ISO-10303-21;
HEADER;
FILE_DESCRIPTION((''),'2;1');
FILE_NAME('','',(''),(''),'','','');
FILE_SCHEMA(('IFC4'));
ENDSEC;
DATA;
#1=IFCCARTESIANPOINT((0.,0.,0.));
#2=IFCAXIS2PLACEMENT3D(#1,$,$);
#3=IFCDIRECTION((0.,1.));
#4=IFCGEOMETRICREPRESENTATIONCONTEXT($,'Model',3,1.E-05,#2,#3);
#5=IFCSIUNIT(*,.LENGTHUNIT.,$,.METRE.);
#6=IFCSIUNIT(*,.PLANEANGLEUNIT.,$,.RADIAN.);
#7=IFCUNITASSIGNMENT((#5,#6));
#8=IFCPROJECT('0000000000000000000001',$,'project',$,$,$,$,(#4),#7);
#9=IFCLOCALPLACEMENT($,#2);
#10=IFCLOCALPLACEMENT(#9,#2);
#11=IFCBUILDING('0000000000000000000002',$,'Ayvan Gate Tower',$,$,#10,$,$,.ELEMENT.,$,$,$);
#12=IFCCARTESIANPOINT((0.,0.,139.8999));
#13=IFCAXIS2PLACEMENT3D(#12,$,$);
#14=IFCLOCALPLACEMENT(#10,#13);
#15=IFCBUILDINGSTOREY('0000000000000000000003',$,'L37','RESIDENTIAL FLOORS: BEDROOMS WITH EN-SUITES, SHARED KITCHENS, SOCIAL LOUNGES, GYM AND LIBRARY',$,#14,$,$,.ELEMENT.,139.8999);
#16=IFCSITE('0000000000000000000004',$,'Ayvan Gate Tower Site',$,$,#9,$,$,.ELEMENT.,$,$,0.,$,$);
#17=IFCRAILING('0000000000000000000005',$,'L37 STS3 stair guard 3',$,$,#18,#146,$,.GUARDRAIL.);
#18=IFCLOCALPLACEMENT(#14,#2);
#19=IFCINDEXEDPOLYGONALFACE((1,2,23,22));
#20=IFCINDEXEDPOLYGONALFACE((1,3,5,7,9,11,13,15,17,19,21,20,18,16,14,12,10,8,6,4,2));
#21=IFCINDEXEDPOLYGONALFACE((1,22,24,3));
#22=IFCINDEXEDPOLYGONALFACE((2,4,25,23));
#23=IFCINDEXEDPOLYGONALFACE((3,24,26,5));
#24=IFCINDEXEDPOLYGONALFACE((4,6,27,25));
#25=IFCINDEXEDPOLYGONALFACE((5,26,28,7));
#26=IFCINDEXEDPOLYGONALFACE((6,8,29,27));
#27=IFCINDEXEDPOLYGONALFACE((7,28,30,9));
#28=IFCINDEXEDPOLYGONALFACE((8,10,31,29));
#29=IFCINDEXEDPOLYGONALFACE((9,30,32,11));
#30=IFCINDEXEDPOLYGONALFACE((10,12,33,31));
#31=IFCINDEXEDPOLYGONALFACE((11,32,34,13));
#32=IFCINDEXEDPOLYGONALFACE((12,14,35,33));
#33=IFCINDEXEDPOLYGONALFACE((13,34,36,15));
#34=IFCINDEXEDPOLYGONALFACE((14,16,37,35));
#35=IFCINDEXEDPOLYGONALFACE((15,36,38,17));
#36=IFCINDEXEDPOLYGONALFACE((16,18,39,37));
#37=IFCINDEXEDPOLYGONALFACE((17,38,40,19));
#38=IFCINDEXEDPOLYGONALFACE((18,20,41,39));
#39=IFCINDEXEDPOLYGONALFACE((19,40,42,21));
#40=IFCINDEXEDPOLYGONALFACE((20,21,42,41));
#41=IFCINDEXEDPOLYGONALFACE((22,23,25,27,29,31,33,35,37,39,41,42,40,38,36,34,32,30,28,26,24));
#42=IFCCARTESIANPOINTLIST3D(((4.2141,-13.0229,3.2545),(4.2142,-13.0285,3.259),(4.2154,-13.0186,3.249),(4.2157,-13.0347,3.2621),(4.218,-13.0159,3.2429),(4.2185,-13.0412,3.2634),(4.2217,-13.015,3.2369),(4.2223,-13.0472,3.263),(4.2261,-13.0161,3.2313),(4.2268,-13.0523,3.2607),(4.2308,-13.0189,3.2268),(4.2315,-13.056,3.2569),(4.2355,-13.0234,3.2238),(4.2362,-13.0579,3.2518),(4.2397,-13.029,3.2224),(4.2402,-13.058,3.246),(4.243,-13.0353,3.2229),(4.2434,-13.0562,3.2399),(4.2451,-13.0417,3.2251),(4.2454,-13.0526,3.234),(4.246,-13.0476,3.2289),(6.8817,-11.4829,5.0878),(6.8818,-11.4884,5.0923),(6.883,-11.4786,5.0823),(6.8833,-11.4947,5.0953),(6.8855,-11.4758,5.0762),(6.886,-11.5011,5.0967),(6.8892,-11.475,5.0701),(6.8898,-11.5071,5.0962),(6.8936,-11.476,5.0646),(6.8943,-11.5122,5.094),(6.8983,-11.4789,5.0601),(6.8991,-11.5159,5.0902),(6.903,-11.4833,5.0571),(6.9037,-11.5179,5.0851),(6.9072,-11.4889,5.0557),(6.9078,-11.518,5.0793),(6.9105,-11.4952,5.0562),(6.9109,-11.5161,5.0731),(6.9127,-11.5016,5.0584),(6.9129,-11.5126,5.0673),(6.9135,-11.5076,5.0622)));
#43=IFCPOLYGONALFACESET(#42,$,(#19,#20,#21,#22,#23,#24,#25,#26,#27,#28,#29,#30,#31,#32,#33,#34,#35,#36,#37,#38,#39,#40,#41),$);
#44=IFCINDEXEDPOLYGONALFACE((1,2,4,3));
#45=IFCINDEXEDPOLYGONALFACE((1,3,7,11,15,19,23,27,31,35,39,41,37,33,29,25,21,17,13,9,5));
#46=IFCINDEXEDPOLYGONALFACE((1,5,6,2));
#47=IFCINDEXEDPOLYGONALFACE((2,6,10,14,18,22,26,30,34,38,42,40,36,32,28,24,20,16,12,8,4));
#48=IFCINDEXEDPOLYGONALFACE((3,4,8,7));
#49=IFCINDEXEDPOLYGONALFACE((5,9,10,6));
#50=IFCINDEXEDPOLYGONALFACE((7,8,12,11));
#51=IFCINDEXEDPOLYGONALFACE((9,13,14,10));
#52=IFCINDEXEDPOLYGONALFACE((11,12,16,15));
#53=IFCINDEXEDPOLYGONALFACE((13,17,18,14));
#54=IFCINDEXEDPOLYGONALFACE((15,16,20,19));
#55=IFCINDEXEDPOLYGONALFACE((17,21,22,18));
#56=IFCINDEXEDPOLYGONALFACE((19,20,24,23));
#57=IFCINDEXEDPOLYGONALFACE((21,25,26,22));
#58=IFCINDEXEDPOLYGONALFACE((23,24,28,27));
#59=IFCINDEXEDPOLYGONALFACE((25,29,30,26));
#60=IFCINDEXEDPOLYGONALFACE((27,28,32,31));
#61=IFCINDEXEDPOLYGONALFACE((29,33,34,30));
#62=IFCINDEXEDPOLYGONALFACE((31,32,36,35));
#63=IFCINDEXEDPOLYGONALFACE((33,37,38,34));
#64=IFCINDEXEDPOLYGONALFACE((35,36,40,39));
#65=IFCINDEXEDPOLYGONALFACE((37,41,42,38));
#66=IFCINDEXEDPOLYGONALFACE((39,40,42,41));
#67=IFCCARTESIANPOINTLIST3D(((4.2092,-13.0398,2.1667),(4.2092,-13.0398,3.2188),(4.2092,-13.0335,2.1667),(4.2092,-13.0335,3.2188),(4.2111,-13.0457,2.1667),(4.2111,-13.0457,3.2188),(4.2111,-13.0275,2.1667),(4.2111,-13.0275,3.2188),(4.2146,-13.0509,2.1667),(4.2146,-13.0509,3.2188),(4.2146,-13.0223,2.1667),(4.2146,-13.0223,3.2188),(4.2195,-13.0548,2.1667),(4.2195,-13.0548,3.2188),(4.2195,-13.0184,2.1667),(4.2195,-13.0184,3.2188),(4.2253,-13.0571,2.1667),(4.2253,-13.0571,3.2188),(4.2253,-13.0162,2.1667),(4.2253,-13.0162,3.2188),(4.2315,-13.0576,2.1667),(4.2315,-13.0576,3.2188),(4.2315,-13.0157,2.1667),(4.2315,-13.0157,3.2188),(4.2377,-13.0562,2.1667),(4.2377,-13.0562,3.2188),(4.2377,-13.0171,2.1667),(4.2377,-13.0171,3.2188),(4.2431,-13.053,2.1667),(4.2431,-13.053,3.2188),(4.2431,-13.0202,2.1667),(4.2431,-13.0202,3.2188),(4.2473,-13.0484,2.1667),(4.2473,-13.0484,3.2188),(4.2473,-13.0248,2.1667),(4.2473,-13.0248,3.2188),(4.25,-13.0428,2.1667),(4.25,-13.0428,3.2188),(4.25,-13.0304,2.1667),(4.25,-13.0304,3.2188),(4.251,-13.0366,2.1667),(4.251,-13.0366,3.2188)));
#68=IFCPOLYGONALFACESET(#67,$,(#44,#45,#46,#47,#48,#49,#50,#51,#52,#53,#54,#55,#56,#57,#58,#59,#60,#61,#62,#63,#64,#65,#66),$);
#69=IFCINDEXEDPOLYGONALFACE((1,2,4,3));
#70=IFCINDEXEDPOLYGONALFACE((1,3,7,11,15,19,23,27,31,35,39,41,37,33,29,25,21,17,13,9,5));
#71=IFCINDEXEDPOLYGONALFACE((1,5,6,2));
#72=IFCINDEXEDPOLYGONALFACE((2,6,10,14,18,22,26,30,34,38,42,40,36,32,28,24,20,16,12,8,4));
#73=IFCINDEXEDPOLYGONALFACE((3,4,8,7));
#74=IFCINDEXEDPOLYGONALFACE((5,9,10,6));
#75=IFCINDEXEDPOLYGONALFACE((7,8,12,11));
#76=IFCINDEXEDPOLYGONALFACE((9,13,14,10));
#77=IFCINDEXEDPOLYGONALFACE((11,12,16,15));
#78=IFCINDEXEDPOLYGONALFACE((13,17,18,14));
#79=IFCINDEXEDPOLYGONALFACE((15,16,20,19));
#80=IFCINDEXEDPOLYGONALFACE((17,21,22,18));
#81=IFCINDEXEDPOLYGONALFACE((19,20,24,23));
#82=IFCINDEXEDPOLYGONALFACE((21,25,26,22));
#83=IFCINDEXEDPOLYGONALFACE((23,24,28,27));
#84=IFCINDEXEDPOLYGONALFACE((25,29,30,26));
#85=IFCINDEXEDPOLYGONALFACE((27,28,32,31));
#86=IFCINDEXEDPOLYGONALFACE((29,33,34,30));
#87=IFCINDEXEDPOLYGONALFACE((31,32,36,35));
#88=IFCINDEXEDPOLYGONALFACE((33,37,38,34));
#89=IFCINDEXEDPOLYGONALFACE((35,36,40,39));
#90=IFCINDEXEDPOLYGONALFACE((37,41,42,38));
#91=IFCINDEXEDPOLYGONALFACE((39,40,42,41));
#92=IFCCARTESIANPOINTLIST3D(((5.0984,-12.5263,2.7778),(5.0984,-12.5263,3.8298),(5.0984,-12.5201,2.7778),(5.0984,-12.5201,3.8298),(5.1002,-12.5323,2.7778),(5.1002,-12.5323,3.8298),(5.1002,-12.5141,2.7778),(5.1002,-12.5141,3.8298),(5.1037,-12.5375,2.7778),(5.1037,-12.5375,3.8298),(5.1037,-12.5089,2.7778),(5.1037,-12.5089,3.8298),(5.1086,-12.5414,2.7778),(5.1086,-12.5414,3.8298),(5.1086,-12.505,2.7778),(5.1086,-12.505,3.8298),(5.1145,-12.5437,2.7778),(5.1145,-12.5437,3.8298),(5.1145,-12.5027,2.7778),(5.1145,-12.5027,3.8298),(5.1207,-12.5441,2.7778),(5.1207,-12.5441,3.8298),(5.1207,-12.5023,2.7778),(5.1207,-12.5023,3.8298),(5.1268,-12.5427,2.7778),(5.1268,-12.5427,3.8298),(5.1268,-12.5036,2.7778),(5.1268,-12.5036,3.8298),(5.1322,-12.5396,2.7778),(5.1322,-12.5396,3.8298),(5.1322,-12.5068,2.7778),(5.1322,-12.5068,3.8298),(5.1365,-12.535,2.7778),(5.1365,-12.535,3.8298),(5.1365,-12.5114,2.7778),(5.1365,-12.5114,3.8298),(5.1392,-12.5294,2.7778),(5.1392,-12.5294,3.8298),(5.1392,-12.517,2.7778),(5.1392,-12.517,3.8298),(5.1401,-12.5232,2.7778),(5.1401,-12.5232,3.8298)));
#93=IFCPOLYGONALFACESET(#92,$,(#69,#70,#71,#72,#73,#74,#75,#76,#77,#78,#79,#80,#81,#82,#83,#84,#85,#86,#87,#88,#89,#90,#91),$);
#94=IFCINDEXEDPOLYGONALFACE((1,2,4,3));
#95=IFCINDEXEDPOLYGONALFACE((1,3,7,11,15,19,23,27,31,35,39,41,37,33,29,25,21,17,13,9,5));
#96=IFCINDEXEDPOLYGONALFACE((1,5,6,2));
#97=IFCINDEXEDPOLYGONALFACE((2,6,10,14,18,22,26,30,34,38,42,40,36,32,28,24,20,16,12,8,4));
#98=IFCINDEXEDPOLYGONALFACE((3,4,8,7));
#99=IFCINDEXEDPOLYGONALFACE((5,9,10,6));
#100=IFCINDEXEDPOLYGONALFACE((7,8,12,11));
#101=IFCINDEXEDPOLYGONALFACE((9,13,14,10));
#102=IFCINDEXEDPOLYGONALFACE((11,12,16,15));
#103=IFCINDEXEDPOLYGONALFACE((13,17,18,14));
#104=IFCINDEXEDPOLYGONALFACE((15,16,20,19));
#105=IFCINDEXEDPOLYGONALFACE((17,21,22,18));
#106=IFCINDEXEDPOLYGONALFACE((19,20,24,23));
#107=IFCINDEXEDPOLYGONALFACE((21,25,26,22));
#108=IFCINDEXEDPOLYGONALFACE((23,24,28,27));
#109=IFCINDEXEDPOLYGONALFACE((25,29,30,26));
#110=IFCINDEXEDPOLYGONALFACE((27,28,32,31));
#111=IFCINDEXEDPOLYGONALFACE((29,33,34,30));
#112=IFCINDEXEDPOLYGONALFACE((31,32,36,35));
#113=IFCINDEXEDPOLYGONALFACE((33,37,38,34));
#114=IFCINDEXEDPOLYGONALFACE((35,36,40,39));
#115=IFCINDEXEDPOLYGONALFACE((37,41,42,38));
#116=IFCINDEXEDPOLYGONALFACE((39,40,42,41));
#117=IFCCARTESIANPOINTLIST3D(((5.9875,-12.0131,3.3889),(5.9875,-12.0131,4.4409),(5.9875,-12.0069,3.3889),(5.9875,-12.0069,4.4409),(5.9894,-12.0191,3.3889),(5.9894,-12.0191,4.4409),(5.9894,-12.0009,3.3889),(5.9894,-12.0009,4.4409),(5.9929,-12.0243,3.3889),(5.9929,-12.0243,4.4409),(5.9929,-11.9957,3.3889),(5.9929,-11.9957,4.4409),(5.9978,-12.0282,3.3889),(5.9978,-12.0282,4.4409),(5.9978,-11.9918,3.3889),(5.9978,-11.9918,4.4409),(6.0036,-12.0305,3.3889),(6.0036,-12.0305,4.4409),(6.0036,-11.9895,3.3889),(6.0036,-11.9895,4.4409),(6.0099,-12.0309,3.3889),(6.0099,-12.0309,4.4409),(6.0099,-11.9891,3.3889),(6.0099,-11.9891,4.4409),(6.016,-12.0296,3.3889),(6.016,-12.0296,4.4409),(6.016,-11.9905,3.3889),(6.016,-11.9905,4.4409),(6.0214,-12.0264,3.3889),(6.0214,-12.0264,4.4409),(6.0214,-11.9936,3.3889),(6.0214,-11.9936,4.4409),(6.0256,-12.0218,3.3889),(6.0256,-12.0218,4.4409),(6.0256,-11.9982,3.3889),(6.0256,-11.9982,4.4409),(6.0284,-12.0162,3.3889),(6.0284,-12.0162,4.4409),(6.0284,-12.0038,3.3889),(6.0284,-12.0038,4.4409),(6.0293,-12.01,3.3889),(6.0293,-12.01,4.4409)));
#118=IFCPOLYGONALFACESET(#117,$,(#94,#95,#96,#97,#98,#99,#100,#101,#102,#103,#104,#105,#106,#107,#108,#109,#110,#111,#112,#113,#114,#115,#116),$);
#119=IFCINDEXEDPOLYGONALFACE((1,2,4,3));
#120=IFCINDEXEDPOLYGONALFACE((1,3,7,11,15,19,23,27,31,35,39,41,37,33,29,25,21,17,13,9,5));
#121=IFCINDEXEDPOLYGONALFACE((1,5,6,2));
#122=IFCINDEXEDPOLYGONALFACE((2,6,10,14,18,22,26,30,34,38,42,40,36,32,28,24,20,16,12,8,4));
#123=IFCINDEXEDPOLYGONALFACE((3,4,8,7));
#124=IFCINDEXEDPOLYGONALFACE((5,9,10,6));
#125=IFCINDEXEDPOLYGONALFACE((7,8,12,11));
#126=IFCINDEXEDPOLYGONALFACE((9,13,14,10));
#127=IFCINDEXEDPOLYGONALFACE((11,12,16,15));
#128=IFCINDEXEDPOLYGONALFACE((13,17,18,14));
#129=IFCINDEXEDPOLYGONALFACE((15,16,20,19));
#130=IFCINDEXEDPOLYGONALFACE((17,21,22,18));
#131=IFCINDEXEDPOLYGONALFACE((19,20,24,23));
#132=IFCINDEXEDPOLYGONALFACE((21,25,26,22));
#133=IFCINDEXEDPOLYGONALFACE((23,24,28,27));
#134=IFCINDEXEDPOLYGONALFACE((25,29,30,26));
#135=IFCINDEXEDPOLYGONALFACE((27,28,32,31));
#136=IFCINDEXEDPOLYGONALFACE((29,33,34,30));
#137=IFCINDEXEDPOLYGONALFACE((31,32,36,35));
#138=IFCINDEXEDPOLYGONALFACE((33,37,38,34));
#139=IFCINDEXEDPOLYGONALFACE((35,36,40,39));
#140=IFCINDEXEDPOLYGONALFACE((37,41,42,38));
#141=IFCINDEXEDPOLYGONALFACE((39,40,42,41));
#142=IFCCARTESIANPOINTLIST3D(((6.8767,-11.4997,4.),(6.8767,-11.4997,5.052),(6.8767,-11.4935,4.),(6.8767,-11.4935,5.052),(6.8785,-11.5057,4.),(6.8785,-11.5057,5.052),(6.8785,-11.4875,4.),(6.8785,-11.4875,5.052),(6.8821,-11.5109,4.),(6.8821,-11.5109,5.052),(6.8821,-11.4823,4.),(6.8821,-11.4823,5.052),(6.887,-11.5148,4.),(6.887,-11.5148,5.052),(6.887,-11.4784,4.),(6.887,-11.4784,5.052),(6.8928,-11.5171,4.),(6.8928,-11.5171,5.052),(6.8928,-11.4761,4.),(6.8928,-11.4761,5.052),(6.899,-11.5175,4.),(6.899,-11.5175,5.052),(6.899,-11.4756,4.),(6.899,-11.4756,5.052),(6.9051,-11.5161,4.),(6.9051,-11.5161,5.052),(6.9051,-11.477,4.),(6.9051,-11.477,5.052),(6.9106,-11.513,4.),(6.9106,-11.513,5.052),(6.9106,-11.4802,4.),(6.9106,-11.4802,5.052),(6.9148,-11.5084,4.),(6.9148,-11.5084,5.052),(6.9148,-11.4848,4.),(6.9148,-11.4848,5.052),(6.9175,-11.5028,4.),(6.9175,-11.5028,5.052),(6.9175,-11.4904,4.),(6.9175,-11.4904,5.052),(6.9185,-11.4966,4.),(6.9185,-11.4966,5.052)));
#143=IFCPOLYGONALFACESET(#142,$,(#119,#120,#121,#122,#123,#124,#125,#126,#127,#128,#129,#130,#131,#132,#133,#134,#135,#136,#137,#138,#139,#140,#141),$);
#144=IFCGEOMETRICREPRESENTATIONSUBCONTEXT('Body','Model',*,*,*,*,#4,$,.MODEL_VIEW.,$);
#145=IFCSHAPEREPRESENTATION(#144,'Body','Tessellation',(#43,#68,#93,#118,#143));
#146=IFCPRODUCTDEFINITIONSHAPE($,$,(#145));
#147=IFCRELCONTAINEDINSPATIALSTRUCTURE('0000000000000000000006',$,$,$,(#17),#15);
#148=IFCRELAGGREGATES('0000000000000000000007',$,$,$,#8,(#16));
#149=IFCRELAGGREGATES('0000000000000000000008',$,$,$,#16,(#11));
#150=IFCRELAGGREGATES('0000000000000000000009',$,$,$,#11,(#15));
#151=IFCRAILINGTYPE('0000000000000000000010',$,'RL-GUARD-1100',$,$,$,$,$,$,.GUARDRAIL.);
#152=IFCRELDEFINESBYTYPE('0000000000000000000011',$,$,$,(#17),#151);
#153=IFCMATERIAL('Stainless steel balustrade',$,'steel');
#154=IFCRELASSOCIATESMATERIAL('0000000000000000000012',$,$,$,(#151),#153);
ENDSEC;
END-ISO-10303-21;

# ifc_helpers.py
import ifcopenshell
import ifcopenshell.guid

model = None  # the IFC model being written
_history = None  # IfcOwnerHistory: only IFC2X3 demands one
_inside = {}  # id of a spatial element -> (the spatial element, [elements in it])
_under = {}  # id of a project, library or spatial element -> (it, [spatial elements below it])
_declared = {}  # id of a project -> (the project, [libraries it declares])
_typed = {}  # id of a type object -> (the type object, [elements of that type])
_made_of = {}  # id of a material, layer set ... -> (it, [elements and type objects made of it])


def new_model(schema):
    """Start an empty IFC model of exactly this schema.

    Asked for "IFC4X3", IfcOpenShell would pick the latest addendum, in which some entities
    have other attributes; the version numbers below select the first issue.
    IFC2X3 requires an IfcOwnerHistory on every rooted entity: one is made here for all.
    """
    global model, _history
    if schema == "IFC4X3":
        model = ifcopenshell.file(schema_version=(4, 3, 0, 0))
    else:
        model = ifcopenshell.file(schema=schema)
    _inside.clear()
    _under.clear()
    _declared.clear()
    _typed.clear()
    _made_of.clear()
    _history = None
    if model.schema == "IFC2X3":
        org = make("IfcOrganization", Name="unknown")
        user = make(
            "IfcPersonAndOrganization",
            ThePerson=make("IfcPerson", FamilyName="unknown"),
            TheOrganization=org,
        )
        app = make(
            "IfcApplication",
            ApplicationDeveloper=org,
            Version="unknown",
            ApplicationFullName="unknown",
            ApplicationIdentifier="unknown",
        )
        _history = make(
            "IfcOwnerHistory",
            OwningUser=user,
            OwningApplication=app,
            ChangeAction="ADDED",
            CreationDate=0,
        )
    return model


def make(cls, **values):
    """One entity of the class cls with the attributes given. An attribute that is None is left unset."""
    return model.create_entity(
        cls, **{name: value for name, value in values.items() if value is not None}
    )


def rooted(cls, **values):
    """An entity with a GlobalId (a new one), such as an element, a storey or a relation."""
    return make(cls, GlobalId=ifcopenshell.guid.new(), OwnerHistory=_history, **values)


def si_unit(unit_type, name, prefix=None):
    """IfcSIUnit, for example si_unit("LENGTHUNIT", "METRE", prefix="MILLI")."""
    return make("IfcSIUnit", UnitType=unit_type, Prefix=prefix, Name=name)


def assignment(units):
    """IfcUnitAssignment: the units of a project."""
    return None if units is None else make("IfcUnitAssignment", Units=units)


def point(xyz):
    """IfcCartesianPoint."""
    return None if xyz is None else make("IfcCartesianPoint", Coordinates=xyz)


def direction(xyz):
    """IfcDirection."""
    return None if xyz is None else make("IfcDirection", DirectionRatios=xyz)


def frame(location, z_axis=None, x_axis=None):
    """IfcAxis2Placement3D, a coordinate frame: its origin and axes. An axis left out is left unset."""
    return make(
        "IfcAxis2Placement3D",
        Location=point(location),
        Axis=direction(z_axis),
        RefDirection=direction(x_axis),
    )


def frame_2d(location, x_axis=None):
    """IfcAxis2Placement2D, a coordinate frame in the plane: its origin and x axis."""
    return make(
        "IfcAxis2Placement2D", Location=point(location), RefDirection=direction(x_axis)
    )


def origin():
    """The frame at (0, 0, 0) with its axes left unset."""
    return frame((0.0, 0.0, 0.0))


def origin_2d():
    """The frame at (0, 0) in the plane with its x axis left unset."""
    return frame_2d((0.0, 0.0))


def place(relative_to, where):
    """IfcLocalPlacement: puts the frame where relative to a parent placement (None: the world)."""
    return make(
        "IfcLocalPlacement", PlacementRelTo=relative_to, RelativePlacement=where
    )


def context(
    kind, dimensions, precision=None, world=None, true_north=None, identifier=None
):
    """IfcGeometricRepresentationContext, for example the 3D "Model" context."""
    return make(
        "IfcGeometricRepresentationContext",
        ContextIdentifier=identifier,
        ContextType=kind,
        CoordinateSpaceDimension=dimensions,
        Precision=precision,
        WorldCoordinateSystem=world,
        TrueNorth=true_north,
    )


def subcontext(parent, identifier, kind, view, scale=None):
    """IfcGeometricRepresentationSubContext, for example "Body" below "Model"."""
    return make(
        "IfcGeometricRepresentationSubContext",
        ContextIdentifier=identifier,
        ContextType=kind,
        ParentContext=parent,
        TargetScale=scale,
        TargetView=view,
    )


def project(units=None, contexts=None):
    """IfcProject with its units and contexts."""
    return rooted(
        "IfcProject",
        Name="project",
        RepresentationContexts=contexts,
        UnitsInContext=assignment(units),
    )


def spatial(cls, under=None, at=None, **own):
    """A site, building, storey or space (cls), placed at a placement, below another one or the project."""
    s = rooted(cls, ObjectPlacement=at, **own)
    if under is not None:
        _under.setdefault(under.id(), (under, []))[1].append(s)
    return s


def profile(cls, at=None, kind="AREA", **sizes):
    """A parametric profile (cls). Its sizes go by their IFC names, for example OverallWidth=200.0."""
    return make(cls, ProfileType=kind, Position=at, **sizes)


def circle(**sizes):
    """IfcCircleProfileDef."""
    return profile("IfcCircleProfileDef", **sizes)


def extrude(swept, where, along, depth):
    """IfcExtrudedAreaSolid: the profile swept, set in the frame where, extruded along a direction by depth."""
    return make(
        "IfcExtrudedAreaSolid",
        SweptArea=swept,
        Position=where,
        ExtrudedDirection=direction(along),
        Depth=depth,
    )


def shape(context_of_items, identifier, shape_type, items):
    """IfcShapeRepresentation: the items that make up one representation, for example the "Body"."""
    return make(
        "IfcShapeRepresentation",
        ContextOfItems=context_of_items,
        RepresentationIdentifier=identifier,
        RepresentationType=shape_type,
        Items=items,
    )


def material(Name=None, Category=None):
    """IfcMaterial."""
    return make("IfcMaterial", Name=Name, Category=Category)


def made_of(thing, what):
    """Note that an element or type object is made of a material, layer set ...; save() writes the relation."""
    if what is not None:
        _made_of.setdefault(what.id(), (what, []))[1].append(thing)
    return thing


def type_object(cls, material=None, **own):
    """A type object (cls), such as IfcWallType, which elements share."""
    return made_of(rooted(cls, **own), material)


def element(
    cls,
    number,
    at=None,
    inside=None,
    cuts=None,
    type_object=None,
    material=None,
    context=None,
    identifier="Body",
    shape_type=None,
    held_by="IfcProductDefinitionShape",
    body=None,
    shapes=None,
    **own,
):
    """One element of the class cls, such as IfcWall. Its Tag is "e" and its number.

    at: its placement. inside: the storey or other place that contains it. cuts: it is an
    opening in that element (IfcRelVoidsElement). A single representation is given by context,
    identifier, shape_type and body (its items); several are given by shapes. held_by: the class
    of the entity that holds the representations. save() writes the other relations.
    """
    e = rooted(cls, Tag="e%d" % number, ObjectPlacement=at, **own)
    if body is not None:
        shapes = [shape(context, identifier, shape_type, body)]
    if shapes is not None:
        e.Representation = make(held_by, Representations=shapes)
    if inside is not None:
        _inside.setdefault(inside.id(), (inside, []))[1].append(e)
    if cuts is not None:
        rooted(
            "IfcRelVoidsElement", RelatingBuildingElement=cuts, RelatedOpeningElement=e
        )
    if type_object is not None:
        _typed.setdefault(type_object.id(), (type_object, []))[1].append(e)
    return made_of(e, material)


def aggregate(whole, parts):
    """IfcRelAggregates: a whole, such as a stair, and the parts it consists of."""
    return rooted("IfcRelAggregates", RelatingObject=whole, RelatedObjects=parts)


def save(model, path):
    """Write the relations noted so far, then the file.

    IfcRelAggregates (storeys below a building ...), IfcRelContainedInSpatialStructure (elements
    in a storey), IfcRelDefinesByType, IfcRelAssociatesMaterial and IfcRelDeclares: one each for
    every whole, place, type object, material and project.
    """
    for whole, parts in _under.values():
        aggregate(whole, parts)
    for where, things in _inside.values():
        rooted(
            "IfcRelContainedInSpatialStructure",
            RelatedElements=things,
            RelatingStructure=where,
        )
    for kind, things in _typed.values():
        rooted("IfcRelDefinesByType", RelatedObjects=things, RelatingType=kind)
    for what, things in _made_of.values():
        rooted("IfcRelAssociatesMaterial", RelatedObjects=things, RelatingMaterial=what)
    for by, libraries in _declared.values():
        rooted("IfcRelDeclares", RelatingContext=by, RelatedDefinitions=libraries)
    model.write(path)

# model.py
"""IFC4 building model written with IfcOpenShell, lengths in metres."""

from ifc_helpers import new_model, si_unit, direction, frame, origin, origin_2d, place, context, subcontext, project, spatial, circle, extrude, material, type_object, element, save


model = new_model("IFC4")

# Units and contexts
model_context = context("Model", 3, precision=1e-05, world=origin(), true_north=direction((0.0, 1.0)))
body_context = subcontext(model_context, "Body", "Model", "MODEL_VIEW")
ifc_project = project(units=[si_unit("LENGTHUNIT", "METRE"), si_unit("PLANEANGLEUNIT", "RADIAN")], contexts=[model_context])

# Site, building, storey
site_placement = place(None, origin())
site = spatial("IfcSite", under=ifc_project, at=site_placement, Name="Ayvan Gate Tower Site", CompositionType="ELEMENT", RefElevation=0.0)
building_placement = place(site_placement, origin())
building = spatial("IfcBuilding", under=site, at=building_placement, Name="Ayvan Gate Tower", CompositionType="ELEMENT")
storey_placement = place(building_placement, frame((0.0, 0.0, 139.8999)))
storey = spatial("IfcBuildingStorey", under=building, at=storey_placement, Name="L37", Description="RESIDENTIAL FLOORS: BEDROOMS WITH EN-SUITES, SHARED KITCHENS, SOCIAL LOUNGES, GYM AND LIBRARY", CompositionType="ELEMENT", Elevation=139.8999)

# Railing
ifc_material_1 = material(Name="Stainless steel balustrade", Category="steel")
railing_type_1 = type_object("IfcRailingType", Name="RL-GUARD-1100", PredefinedType="GUARDRAIL", material=ifc_material_1)
railing_1_placement = place(storey_placement, frame((4.23, -13.0366, 2.1667)))
element("IfcRailing", 1, at=railing_1_placement, inside=storey, type_object=railing_type_1, Name="L37 STS3 stair guard 3", PredefinedType="GUARDRAIL", context=body_context, shape_type="SweptSolid", body=[
    extrude(circle(Radius=0.0239, at=origin_2d()), frame((0.0, 0.0, 1.0762), z_axis=(0.74419, 0.429649, 0.511452), x_axis=(-0.499992, 0.86603, 0.0)), (0.0, 0.0, 1.0), 3.5845),
    extrude(circle(Radius=0.021, at=origin_2d()), origin(), (0.0, 0.0, 1.0), 1.052),
    extrude(circle(Radius=0.021, at=origin_2d()), frame((0.8892, 0.5134, 0.6111)), (0.0, 0.0, 1.0), 1.052),
    extrude(circle(Radius=0.021, at=origin_2d()), frame((1.7783, 1.0266, 1.2222)), (0.0, 0.0, 1.0), 1.052),
    extrude(circle(Radius=0.021, at=origin_2d()), frame((2.6675, 1.54, 1.8333)), (0.0, 0.0, 1.0), 1.052),
])

save(model, "model.ifc")
